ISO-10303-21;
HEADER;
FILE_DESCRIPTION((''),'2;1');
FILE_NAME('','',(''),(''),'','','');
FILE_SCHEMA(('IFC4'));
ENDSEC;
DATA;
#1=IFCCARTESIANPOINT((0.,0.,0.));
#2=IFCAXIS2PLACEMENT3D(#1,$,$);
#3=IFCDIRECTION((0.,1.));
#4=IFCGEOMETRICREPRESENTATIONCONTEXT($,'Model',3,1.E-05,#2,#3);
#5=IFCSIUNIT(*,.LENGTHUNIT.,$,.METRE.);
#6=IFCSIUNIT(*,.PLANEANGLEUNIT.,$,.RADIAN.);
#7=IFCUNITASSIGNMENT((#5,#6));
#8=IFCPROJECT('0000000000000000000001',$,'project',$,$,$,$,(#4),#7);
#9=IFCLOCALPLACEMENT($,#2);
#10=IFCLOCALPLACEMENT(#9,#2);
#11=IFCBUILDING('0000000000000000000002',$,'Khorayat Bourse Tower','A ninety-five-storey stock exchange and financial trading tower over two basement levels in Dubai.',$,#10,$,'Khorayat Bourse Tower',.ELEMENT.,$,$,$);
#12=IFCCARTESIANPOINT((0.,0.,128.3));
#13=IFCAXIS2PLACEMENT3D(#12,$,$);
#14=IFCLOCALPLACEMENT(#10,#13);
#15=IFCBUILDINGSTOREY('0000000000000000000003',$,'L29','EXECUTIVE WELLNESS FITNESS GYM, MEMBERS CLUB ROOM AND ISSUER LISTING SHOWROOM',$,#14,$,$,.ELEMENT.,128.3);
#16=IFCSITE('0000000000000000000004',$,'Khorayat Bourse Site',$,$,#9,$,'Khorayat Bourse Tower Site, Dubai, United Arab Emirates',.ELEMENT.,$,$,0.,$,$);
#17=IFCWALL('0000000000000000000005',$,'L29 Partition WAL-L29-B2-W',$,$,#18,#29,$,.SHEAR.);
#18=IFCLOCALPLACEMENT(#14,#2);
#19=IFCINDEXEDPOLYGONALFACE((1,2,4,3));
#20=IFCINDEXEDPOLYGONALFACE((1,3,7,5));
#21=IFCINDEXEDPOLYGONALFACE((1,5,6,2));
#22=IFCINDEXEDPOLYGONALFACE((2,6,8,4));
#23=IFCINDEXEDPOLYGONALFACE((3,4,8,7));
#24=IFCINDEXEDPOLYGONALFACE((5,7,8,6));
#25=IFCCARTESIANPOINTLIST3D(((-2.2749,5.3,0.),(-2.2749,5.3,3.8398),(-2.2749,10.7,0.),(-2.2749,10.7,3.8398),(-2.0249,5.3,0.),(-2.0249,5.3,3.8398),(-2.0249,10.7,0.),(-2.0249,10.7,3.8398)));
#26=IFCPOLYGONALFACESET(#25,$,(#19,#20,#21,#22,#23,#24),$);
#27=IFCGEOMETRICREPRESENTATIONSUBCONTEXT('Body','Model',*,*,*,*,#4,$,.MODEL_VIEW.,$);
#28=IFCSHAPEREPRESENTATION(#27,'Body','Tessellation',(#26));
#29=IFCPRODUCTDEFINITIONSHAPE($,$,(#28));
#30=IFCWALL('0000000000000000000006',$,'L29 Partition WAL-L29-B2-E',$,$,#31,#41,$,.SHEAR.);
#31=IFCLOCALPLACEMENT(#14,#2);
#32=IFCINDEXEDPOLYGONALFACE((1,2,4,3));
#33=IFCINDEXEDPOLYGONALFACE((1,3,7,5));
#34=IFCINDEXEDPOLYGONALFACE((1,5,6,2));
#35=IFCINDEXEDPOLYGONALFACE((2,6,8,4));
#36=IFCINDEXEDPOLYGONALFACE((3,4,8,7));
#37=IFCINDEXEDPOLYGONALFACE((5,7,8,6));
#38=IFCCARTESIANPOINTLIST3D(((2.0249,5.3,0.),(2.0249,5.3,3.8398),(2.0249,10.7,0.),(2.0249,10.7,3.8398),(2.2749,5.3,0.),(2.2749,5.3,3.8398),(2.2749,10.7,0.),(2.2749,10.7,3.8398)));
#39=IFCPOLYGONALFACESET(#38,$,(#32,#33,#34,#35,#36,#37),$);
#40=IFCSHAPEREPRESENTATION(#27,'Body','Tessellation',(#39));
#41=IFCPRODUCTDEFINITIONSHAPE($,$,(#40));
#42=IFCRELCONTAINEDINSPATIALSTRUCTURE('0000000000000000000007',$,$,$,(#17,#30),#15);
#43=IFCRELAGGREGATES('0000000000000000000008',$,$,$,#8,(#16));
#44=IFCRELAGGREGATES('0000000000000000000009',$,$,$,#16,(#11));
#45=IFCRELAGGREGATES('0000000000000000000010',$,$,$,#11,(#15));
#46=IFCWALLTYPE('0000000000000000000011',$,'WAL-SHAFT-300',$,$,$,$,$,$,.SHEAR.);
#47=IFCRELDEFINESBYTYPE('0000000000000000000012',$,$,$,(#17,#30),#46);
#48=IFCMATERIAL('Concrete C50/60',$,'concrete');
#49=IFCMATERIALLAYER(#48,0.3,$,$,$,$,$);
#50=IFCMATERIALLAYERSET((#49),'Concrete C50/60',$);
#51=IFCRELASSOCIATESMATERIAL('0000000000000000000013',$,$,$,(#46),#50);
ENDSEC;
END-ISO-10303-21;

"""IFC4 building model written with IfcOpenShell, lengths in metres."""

from ifc_helpers import new_model, si_unit, direction, frame, frame_2d, origin, place, context, subcontext, project, spatial, rectangle, extrude, source, transform, mapped, material, layer, layer_set, type_object, element, save


model = new_model("IFC4")

# Units and contexts
model_context = context("Model", 3, precision=1e-05, world=origin(), true_north=direction((0.0, 1.0)))
body_context = subcontext(model_context, "Body", "Model", "MODEL_VIEW")
ifc_project = project(units=[si_unit("LENGTHUNIT", "METRE"), si_unit("PLANEANGLEUNIT", "RADIAN")], contexts=[model_context])

# Site, building, storey
site_placement = place(None, origin())
site = spatial("IfcSite", under=ifc_project, at=site_placement, Name="Khorayat Bourse Site", LongName="Khorayat Bourse Tower Site, Dubai, United Arab Emirates", CompositionType="ELEMENT", RefElevation=0.0)
building_placement = place(site_placement, origin())
building = spatial("IfcBuilding", under=site, at=building_placement, Name="Khorayat Bourse Tower", Description="A ninety-five-storey stock exchange and financial trading tower over two basement levels in Dubai.", LongName="Khorayat Bourse Tower", CompositionType="ELEMENT")
storey_placement = place(building_placement, frame((0.0, 0.0, 128.3)))
storey = spatial("IfcBuildingStorey", under=building, at=storey_placement, Name="L29", Description="EXECUTIVE WELLNESS FITNESS GYM, MEMBERS CLUB ROOM AND ISSUER LISTING SHOWROOM", CompositionType="ELEMENT", Elevation=128.3)

# Shared definitions
ifc_material_1 = material(Name="Concrete C50/60", Category="concrete")
ifc_layer_1 = layer(ifc_material_1, 0.3)
ifc_layer_set_1 = layer_set([ifc_layer_1], Name="Concrete C50/60")
wall_type_1 = type_object("IfcWallType", Name="WAL-SHAFT-300", PredefinedType="SHEAR", material=ifc_layer_set_1)

# Walls
shared_shape_1 = source(origin(), body_context, "Body", "SweptSolid", [
    extrude(rectangle(XDim=5.3999, YDim=0.25, at=frame_2d((2.7, 0.0))), origin(), (0.0, 0.0, 1.0), 3.8398),
])
for number, where, z_axis, x_axis, name in (
    (1, (-2.1499, 5.3, 0.0), (0.0, 0.0, 1.0), (0.0, 1.0, 0.0), "L29 Partition WAL-L29-B2-W"),
    (2, (2.1499, 5.3, 0.0), (0.0, 0.0, 1.0), (0.0, 1.0, 0.0), "L29 Partition WAL-L29-B2-E"),
):
    element("IfcWall", number, at=place(storey_placement, frame(where, z_axis=z_axis, x_axis=x_axis)), inside=storey, type_object=wall_type_1, Name=name, PredefinedType="SHEAR", context=body_context, shape_type="MappedRepresentation", body=[
        mapped(shared_shape_1, transform((0.0, 0.0, 0.0), scale=1.0)),
    ])

save(model, "model.ifc")
